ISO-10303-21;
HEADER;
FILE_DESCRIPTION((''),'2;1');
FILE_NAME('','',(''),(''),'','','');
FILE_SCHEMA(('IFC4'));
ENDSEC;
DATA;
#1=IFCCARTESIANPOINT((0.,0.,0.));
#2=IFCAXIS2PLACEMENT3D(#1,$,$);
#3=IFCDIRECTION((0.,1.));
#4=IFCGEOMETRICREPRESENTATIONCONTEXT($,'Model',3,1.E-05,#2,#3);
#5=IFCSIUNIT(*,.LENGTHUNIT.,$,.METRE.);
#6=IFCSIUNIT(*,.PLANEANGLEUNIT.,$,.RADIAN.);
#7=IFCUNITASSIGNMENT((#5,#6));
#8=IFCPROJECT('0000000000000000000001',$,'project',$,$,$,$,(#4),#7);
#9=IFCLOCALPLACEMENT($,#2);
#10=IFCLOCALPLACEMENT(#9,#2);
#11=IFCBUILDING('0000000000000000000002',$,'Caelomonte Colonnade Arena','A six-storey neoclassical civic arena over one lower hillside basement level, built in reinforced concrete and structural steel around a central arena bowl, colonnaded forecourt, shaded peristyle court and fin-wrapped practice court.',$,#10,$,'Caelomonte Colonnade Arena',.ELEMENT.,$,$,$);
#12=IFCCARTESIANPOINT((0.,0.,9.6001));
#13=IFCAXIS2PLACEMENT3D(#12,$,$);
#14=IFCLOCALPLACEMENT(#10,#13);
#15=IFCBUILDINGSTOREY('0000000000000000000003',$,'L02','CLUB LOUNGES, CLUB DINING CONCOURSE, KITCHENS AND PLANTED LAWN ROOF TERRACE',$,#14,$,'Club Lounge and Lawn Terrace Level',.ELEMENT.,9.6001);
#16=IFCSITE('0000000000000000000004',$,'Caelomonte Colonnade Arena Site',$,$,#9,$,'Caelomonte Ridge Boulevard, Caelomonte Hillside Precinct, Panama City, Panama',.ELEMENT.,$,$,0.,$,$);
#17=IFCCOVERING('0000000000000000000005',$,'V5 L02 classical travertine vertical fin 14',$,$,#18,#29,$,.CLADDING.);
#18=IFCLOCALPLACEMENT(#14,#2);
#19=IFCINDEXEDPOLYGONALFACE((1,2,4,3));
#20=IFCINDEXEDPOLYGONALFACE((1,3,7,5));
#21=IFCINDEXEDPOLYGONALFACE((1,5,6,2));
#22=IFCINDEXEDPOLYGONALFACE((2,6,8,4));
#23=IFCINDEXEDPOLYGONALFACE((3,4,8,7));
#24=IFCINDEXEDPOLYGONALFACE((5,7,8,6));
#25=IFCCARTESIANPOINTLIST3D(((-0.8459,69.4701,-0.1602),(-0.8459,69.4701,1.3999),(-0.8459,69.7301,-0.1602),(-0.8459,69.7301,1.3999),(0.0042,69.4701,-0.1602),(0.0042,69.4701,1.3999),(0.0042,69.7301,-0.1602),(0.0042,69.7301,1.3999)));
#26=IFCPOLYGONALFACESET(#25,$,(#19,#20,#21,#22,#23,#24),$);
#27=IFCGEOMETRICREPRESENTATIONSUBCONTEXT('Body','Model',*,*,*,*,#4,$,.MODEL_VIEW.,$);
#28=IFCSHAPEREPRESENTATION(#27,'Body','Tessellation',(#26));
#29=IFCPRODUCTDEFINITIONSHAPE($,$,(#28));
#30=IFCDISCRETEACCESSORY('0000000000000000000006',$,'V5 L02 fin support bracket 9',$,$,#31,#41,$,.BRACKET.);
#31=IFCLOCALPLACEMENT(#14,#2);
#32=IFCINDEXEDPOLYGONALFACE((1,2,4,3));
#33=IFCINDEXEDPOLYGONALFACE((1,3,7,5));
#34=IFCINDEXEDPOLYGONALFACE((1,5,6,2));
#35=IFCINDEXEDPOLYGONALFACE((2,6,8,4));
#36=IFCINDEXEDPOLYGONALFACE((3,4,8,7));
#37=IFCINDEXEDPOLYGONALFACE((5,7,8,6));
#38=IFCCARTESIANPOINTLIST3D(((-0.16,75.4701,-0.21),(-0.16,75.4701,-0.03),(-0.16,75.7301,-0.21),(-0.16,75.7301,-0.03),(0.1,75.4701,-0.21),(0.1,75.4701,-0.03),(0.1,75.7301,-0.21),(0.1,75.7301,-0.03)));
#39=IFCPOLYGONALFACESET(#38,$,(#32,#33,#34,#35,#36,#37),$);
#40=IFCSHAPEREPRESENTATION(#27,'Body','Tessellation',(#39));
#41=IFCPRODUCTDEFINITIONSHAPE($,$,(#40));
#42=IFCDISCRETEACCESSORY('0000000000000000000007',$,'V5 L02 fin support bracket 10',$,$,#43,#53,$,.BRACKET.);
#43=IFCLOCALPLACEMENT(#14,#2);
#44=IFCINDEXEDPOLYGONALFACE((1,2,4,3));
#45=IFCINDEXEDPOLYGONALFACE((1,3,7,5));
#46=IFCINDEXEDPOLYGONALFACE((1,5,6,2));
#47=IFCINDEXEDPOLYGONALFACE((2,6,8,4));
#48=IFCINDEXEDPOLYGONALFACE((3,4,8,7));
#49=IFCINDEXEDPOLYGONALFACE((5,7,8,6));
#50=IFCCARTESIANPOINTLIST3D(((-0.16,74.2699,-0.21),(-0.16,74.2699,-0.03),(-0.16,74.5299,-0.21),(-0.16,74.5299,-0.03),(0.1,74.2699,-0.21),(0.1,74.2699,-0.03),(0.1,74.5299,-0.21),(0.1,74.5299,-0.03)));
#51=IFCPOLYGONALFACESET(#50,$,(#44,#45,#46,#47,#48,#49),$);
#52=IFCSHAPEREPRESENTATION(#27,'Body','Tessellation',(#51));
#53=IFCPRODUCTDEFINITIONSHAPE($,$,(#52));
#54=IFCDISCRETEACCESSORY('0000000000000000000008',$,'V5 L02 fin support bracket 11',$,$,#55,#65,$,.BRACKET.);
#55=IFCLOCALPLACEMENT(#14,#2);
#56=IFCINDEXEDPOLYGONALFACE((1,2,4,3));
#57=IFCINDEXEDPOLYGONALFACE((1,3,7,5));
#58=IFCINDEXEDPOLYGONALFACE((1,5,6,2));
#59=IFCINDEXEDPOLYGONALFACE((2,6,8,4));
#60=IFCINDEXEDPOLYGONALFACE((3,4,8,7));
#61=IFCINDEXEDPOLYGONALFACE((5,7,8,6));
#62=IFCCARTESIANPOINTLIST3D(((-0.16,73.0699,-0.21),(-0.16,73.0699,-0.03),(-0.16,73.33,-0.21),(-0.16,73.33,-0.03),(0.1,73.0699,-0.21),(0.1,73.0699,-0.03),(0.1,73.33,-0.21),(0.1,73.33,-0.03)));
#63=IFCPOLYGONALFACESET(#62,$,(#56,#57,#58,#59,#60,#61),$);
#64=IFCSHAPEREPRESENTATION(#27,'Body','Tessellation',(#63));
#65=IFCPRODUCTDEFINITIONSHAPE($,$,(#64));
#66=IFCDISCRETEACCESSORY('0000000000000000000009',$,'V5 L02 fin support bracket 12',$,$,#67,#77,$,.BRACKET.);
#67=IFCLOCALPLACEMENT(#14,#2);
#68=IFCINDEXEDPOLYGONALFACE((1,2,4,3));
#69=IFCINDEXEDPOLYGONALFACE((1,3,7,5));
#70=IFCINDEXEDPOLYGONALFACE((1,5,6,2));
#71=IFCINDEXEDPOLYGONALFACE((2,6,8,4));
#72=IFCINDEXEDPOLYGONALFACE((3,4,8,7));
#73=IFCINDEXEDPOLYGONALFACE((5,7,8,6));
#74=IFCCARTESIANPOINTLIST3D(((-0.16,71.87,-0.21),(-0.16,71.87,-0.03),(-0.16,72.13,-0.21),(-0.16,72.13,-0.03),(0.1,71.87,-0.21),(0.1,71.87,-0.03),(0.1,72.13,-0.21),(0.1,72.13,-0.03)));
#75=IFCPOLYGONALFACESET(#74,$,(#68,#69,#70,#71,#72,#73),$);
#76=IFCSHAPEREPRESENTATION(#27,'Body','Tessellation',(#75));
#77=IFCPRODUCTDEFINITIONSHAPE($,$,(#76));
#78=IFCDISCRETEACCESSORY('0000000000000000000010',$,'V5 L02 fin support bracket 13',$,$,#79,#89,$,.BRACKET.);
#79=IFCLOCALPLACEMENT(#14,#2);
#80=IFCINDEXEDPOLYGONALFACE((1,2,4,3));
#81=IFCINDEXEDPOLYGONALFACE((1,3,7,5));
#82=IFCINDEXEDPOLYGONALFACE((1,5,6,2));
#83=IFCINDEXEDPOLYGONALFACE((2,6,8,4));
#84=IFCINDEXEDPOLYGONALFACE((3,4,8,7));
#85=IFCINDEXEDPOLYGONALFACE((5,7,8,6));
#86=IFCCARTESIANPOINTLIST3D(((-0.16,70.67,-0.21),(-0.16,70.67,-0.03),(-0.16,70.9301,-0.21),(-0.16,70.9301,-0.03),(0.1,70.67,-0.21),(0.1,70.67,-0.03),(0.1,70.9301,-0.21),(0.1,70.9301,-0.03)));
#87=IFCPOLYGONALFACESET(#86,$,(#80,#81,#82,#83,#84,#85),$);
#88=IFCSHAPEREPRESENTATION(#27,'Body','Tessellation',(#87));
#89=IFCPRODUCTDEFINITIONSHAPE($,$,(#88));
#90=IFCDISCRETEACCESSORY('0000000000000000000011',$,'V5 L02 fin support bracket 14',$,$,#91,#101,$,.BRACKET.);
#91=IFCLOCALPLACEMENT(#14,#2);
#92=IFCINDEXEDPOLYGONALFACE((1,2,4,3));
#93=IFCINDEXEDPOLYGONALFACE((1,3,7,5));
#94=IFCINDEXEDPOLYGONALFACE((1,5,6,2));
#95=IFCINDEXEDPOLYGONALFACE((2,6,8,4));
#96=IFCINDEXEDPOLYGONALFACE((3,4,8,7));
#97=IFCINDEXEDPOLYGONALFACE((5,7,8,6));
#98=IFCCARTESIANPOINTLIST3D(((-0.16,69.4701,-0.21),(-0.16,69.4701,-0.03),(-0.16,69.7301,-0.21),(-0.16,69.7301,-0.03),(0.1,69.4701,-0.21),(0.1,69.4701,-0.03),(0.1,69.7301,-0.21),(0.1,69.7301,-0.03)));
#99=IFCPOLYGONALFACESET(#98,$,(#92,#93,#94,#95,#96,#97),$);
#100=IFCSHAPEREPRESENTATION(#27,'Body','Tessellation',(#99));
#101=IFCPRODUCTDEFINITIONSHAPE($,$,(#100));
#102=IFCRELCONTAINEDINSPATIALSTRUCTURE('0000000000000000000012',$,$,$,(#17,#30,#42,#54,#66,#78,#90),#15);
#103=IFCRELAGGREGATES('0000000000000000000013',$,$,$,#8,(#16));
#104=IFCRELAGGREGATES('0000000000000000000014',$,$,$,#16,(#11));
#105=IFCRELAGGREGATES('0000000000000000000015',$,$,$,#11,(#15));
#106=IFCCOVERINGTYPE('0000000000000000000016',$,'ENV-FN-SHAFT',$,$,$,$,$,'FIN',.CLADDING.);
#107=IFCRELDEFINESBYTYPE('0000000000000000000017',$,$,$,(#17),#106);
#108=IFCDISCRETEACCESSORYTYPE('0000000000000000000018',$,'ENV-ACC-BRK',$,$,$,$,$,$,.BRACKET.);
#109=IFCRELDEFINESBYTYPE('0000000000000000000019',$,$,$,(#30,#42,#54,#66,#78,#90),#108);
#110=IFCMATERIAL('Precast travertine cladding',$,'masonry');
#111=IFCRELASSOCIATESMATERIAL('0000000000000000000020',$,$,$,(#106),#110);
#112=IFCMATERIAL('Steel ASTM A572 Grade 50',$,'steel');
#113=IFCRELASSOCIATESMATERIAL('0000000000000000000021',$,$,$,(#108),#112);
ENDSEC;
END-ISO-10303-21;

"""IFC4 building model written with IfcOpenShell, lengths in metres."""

from ifc_helpers import new_model, si_unit, direction, frame, origin, origin_2d, place, context, subcontext, project, spatial, rectangle, extrude, material, material_profile, profile_set, type_object, element, save


model = new_model("IFC4")

# Units and contexts
model_context = context("Model", 3, precision=1e-05, world=origin(), true_north=direction((0.0, 1.0)))
body_context = subcontext(model_context, "Body", "Model", "MODEL_VIEW")
ifc_project = project(units=[si_unit("LENGTHUNIT", "METRE"), si_unit("PLANEANGLEUNIT", "RADIAN")], contexts=[model_context])

# Site, building, storey
site_placement = place(None, origin())
site = spatial("IfcSite", under=ifc_project, at=site_placement, Name="Caelomonte Colonnade Arena Site", LongName="Caelomonte Ridge Boulevard, Caelomonte Hillside Precinct, Panama City, Panama", CompositionType="ELEMENT", RefElevation=0.0)
building_placement = place(site_placement, origin())
building = spatial("IfcBuilding", under=site, at=building_placement, Name="Caelomonte Colonnade Arena", Description="A six-storey neoclassical civic arena over one lower hillside basement level, built in reinforced concrete and structural steel around a central arena bowl, colonnaded forecourt, shaded peristyle court and fin-wrapped practice court.", LongName="Caelomonte Colonnade Arena", CompositionType="ELEMENT")
storey_placement = place(building_placement, frame((0.0, 0.0, 9.6001)))
storey = spatial("IfcBuildingStorey", under=building, at=storey_placement, Name="L02", Description="CLUB LOUNGES, CLUB DINING CONCOURSE, KITCHENS AND PLANTED LAWN ROOF TERRACE", LongName="Club Lounge and Lawn Terrace Level", CompositionType="ELEMENT", Elevation=9.6001)

# Covering
ifc_material_1 = material(Name="Precast travertine cladding", Category="masonry")
ifc_material_profile_1 = material_profile(ifc_material_1, rectangle(XDim=0.26, YDim=0.8501, at=origin_2d()), Name="FIN260X850")
ifc_profile_set_1 = profile_set([ifc_material_profile_1], Name="Precast travertine cladding")
covering_type = type_object("IfcCoveringType", Name="ENV-FN-SHAFT", ElementType="FIN", PredefinedType="CLADDING", material=ifc_profile_set_1)
for number, where, z_axis, x_axis, name in (
    (1, (-0.4209, 69.6001, -0.1602), (0.0, 0.0, 1.0), (0.0, 1.0, 0.0), "V5 L02 classical travertine vertical fin 14"),
):
    element("IfcCovering", number, at=place(storey_placement, frame(where, z_axis=z_axis, x_axis=x_axis)), inside=storey, type_object=covering_type, Name=name, PredefinedType="CLADDING", context=body_context, shape_type="SweptSolid", body=[
        extrude(rectangle(XDim=0.26, YDim=0.8501, at=origin_2d()), origin(), (0.0, 0.0, 1.0), 1.5601),
    ])

# Discrete accessories
ifc_material_2 = material(Name="Steel ASTM A572 Grade 50", Category="steel")
discrete_accessory_type = type_object("IfcDiscreteAccessoryType", Name="ENV-ACC-BRK", PredefinedType="BRACKET", material=ifc_material_2)
for number, where, z_axis, x_axis, name in (
    (2, (-0.03, 75.6001, -0.21), (0.0, 0.0, 1.0), (0.0, -1.0, 0.0), "V5 L02 fin support bracket 9"),
    (3, (-0.03, 74.3999, -0.21), (0.0, 0.0, 1.0), (0.0, -1.0, 0.0), "V5 L02 fin support bracket 10"),
    (4, (-0.03, 73.2, -0.21), (0.0, 0.0, 1.0), (0.0, -1.0, 0.0), "V5 L02 fin support bracket 11"),
    (5, (-0.03, 72.0, -0.21), (0.0, 0.0, 1.0), (0.0, -1.0, 0.0), "V5 L02 fin support bracket 12"),
    (6, (-0.03, 70.8, -0.21), (0.0, 0.0, 1.0), (0.0, -1.0, 0.0), "V5 L02 fin support bracket 13"),
    (7, (-0.03, 69.6001, -0.21), (0.0, 0.0, 1.0), (0.0, -1.0, 0.0), "V5 L02 fin support bracket 14"),
):
    element("IfcDiscreteAccessory", number, at=place(storey_placement, frame(where, z_axis=z_axis, x_axis=x_axis)), inside=storey, type_object=discrete_accessory_type, Name=name, PredefinedType="BRACKET", context=body_context, shape_type="SweptSolid", body=[
        extrude(rectangle(XDim=0.26, YDim=0.26, at=origin_2d()), origin(), (0.0, 0.0, 1.0), 0.1799),
    ])

save(model, "model.ifc")
